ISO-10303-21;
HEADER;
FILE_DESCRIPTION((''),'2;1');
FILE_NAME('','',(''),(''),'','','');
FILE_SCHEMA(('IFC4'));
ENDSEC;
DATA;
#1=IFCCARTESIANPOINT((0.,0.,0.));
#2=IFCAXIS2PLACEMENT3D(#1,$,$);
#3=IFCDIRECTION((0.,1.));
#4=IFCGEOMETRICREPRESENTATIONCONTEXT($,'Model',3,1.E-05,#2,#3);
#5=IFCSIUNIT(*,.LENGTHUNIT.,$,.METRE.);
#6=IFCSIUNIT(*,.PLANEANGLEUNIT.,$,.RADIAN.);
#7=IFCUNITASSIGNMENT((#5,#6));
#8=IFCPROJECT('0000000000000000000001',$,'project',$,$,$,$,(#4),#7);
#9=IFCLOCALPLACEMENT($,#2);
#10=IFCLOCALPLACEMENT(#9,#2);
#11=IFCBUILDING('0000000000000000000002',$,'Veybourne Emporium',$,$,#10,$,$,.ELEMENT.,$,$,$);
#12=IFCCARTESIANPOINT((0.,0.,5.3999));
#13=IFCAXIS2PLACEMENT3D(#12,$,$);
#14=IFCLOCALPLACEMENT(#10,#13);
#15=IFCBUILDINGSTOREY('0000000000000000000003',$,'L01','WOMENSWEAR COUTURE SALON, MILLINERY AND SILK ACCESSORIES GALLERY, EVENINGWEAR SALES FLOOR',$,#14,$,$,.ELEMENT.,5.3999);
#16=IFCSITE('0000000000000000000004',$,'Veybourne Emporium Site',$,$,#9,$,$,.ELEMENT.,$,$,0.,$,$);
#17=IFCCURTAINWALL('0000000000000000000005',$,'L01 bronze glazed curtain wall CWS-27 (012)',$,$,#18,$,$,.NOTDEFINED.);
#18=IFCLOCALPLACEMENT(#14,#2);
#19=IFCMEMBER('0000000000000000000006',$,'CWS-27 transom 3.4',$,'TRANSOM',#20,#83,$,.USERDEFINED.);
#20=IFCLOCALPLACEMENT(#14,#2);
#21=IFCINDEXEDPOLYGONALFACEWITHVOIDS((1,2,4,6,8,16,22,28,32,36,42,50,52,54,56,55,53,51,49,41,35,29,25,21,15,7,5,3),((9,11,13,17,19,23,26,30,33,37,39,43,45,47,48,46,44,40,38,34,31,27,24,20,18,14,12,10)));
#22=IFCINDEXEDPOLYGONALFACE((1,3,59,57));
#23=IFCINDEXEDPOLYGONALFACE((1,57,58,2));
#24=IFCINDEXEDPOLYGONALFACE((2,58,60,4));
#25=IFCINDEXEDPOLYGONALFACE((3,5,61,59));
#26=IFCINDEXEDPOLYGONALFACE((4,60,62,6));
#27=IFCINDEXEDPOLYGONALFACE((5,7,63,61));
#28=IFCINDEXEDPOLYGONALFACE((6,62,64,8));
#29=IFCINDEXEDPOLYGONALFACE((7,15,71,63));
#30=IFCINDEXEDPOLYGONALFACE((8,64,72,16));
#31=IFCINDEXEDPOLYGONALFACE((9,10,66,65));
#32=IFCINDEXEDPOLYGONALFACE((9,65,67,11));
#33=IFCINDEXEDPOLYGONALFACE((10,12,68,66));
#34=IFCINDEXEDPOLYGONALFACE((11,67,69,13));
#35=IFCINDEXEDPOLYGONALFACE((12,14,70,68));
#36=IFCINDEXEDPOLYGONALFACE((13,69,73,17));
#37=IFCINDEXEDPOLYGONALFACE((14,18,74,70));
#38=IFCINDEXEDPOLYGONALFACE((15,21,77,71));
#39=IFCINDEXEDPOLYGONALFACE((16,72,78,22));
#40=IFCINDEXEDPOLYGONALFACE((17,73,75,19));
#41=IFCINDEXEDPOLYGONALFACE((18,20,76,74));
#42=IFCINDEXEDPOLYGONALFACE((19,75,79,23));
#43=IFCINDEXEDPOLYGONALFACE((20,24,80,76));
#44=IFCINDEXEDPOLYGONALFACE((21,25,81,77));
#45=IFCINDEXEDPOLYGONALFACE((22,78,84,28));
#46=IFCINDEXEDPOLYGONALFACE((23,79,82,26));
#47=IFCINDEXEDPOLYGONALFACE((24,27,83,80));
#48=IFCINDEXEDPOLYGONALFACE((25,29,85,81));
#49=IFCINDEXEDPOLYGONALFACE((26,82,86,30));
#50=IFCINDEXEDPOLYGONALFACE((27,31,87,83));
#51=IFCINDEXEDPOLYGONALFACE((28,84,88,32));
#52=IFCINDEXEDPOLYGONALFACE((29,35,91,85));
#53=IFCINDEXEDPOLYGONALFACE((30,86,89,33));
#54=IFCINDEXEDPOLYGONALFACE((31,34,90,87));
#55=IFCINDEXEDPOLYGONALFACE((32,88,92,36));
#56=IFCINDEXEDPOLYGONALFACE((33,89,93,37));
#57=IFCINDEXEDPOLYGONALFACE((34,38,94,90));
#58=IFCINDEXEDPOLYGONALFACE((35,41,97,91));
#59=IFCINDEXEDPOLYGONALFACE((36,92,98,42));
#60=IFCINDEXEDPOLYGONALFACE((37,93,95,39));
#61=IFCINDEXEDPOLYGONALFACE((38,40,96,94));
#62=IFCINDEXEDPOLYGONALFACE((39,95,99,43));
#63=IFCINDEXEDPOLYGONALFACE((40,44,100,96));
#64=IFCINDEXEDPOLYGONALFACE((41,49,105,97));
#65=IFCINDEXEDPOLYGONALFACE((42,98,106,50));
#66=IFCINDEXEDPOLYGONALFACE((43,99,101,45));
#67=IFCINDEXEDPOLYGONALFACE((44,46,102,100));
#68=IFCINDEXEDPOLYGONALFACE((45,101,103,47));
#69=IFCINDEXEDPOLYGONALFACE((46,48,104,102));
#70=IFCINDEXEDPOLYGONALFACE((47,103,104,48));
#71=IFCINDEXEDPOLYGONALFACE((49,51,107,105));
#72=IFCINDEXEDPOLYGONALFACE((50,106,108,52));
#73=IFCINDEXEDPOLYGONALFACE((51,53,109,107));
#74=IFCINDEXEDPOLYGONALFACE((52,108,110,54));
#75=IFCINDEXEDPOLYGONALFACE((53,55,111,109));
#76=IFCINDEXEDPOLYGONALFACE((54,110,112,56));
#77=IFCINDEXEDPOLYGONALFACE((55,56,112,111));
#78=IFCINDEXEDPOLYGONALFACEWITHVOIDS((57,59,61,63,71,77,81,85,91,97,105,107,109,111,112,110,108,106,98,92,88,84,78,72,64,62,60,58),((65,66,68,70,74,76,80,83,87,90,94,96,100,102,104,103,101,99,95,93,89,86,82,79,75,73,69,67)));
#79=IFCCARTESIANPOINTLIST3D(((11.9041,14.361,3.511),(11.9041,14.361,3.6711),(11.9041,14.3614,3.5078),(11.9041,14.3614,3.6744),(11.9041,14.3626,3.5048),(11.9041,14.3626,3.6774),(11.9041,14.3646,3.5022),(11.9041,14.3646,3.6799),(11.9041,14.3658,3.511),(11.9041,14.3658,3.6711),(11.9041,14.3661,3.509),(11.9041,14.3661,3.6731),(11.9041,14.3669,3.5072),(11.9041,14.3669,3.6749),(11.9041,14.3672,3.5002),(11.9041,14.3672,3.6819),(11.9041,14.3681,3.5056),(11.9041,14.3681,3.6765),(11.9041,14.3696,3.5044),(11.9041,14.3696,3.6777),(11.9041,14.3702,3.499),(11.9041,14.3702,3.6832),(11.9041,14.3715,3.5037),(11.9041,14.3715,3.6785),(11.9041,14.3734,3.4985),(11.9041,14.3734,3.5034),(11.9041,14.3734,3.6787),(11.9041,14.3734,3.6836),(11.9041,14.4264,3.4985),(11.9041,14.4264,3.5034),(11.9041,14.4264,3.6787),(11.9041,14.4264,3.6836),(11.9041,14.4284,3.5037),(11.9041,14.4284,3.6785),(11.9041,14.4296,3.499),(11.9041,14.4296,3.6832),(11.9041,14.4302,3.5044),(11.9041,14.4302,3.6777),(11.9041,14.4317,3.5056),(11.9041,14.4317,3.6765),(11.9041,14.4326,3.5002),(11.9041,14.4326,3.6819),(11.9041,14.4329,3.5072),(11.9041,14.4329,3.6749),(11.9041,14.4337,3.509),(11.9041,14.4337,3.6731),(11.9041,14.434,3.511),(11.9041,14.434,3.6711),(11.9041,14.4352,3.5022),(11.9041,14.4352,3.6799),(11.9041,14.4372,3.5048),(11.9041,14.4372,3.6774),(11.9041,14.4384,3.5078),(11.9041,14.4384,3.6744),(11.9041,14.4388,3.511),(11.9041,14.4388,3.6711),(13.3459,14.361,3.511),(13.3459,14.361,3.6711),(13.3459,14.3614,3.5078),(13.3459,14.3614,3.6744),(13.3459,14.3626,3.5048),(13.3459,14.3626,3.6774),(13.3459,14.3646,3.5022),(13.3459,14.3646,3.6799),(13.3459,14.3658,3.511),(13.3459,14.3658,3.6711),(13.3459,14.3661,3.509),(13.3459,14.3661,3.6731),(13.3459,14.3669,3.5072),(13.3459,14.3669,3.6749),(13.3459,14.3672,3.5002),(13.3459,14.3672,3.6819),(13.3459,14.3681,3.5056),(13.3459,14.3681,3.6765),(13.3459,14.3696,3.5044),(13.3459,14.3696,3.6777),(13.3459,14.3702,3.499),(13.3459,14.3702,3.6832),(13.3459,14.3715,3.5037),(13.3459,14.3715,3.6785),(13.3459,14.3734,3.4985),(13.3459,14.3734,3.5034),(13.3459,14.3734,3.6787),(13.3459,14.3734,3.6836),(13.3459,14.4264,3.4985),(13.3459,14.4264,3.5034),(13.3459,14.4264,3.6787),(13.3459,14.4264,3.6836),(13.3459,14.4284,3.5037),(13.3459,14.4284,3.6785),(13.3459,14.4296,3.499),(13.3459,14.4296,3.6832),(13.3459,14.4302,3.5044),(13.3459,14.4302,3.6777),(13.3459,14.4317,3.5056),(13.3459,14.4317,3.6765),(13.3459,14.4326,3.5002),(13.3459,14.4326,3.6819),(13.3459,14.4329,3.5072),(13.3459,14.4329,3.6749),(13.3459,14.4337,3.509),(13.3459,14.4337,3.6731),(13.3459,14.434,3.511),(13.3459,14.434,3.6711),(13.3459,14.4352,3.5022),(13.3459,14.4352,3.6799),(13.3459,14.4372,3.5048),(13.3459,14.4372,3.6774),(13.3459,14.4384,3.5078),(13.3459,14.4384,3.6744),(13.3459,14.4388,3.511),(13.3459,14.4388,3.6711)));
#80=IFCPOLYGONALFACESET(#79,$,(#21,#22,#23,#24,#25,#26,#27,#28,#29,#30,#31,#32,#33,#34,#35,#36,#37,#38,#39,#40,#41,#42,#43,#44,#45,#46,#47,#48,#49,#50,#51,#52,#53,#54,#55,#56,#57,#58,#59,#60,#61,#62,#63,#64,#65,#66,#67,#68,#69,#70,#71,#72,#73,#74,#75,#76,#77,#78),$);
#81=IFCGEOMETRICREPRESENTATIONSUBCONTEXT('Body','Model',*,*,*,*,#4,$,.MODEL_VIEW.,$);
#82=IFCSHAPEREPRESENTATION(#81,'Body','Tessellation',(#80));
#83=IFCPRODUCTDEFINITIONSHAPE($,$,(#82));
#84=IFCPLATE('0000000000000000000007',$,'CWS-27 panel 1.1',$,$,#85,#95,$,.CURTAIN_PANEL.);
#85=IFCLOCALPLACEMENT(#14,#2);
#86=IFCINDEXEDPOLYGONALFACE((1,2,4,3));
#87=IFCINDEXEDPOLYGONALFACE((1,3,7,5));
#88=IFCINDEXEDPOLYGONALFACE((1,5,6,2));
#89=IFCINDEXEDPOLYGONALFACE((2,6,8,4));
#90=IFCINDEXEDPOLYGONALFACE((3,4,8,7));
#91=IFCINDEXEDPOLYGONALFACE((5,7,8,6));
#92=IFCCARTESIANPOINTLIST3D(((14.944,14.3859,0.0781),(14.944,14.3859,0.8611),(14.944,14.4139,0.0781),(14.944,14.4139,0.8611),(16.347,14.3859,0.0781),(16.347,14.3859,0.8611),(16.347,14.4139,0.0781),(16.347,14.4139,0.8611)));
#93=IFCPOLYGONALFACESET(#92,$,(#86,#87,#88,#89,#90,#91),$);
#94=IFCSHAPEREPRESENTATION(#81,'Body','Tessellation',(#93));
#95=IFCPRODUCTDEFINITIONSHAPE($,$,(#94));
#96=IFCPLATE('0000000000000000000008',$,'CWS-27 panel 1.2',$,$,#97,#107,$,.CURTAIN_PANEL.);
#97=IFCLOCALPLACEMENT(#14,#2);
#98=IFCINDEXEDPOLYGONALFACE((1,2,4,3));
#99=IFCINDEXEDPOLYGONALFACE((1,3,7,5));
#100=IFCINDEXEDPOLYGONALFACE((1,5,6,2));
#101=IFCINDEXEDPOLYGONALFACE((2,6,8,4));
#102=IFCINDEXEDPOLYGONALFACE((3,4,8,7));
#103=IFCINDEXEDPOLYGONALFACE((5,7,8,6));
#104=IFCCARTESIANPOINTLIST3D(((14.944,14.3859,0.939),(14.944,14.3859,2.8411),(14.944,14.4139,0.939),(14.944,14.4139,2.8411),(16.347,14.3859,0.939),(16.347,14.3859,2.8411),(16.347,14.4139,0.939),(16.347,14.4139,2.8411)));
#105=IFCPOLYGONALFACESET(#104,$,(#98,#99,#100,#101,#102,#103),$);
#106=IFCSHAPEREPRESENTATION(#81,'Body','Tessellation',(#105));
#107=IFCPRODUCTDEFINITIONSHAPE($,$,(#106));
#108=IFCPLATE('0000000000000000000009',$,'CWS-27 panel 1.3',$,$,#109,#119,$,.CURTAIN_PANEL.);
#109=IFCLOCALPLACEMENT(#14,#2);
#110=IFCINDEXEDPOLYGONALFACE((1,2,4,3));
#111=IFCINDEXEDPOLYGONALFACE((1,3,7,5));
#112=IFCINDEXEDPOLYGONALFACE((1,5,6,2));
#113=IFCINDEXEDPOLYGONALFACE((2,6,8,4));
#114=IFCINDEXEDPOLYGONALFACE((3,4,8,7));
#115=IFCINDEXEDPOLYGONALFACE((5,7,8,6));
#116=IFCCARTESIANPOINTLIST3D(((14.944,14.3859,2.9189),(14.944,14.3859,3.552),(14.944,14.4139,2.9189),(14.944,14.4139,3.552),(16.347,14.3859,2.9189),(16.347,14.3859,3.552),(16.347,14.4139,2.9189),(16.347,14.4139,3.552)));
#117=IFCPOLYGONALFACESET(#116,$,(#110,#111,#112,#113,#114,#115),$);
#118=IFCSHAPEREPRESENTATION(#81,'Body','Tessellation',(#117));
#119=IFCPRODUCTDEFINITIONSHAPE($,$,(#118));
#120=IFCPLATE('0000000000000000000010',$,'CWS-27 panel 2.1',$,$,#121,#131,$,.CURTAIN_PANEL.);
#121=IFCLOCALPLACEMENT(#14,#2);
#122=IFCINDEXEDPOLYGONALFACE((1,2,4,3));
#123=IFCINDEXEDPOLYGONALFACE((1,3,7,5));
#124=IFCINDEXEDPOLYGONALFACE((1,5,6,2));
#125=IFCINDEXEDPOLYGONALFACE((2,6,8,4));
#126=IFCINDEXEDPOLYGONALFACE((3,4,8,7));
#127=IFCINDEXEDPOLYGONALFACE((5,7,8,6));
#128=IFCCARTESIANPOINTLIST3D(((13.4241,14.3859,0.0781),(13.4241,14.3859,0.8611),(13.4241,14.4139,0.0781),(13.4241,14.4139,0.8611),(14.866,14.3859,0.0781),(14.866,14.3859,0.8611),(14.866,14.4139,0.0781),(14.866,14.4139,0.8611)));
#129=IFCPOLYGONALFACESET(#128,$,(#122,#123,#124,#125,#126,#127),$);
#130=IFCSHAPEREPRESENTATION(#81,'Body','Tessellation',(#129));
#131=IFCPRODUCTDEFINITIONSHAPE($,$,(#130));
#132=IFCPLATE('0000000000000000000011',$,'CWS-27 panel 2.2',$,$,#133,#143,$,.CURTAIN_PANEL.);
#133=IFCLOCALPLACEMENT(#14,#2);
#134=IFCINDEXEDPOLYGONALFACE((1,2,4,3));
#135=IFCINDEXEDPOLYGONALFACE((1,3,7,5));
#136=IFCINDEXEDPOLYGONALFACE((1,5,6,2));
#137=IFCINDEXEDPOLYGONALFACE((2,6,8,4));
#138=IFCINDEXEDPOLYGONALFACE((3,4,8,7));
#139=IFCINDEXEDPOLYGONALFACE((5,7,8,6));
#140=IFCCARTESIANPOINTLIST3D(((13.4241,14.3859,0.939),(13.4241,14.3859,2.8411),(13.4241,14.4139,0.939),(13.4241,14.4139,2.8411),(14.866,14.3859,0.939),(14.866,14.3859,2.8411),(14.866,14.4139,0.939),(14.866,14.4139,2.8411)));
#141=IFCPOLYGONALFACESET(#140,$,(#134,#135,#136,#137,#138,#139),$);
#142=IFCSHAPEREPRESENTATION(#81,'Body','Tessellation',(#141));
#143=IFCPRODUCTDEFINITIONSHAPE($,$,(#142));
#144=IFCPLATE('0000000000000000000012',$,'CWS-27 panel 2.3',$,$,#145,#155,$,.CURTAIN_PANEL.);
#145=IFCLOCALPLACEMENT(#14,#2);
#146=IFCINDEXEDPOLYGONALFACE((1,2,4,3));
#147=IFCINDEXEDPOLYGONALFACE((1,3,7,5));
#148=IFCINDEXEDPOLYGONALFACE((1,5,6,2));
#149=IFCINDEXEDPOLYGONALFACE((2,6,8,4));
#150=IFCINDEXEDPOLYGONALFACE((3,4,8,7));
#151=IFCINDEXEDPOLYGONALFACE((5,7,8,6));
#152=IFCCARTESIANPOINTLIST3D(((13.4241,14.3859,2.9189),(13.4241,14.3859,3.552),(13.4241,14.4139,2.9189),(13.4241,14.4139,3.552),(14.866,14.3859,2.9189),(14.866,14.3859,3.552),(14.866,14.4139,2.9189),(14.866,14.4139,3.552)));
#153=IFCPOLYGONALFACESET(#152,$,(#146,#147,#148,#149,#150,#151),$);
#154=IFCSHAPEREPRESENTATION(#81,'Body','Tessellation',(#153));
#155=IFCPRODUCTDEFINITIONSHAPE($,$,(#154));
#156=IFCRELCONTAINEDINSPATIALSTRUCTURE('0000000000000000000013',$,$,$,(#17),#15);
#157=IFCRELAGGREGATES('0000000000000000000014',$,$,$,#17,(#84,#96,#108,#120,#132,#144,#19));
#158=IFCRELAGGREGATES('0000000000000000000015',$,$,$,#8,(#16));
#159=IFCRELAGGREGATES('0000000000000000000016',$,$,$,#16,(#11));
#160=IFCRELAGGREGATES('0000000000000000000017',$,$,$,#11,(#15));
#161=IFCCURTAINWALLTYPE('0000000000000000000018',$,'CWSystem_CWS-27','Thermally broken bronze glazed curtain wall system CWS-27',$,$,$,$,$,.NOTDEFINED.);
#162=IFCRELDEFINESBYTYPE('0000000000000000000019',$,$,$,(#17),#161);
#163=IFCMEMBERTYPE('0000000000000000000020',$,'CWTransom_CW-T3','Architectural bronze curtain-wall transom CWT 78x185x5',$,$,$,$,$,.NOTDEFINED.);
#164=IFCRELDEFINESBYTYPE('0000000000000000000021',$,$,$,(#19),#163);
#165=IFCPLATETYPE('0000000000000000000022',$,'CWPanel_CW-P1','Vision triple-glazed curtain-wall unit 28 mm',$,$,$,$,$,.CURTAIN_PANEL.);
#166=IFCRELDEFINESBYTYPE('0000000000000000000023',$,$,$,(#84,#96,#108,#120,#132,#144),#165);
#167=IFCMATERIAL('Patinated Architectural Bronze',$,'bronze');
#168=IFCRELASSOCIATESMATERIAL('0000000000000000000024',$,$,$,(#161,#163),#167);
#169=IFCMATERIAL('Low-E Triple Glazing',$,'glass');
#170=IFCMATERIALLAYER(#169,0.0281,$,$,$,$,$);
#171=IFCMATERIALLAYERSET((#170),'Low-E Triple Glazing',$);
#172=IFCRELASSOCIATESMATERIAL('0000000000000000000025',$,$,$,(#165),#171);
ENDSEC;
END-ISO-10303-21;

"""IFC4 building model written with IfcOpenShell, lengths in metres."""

from ifc_helpers import new_model, si_unit, direction, frame, origin, origin_2d, place, context, subcontext, project, spatial, rectangle, hollow_rectangle, extrude, material, layer, layer_set, material_profile, profile_set, type_object, element, aggregate, save


model = new_model("IFC4")

# Units and contexts
model_context = context("Model", 3, precision=1e-05, world=origin(), true_north=direction((0.0, 1.0)))
body_context = subcontext(model_context, "Body", "Model", "MODEL_VIEW")
ifc_project = project(units=[si_unit("LENGTHUNIT", "METRE"), si_unit("PLANEANGLEUNIT", "RADIAN")], contexts=[model_context])

# Site, building, storey
site_placement = place(None, origin())
site = spatial("IfcSite", under=ifc_project, at=site_placement, Name="Veybourne Emporium Site", CompositionType="ELEMENT", RefElevation=0.0)
building_placement = place(site_placement, origin())
building = spatial("IfcBuilding", under=site, at=building_placement, Name="Veybourne Emporium", CompositionType="ELEMENT")
storey_placement = place(building_placement, frame((0.0, 0.0, 5.3999)))
storey = spatial("IfcBuildingStorey", under=building, at=storey_placement, Name="L01", Description="WOMENSWEAR COUTURE SALON, MILLINERY AND SILK ACCESSORIES GALLERY, EVENINGWEAR SALES FLOOR", CompositionType="ELEMENT", Elevation=5.3999)

# Curtain wall, member, plates
ifc_material_1 = material(Name="Patinated Architectural Bronze", Category="bronze")
curtain_wall_type = type_object("IfcCurtainWallType", Name="CWSystem_CWS-27", Description="Thermally broken bronze glazed curtain wall system CWS-27", PredefinedType="NOTDEFINED", material=ifc_material_1)
curtain_wall_placement = place(storey_placement, origin())
curtain_wall = element("IfcCurtainWall", 1, at=curtain_wall_placement, inside=storey, type_object=curtain_wall_type, Name="L01 bronze glazed curtain wall CWS-27 (012)", PredefinedType="NOTDEFINED")
ifc_material_profile_1 = material_profile(ifc_material_1, hollow_rectangle(XDim=0.0779, YDim=0.1851, WallThickness=0.0049, InnerFilletRadius=0.0076, OuterFilletRadius=0.0125, at=origin_2d()), Name="CWT 78x185x5")
ifc_profile_set_1 = profile_set([ifc_material_profile_1], Name="Patinated Architectural Bronze")
member_type_1 = type_object("IfcMemberType", Name="CWTransom_CW-T3", Description="Architectural bronze curtain-wall transom CWT 78x185x5", PredefinedType="NOTDEFINED", material=ifc_profile_set_1)
member_1_placement = place(storey_placement, frame((13.3459, 14.3999, 3.5911), z_axis=(-1.0, 0.0, 0.0), x_axis=(0.0, -1.0, 0.0)))
member_1 = element("IfcMember", 2, at=member_1_placement, type_object=member_type_1, Name="CWS-27 transom 3.4", ObjectType="TRANSOM", PredefinedType="USERDEFINED", context=body_context, shape_type="SweptSolid", body=[
    extrude(hollow_rectangle(XDim=0.0779, YDim=0.1851, WallThickness=0.0049, InnerFilletRadius=0.0076, OuterFilletRadius=0.0125, at=origin_2d()), origin(), (0.0, 0.0, 1.0), 1.4419),
])
ifc_material_2 = material(Name="Low-E Triple Glazing", Category="glass")
ifc_layer = layer(ifc_material_2, 0.0281)
ifc_layer_set = layer_set([ifc_layer], Name="Low-E Triple Glazing")
plate_type = type_object("IfcPlateType", Name="CWPanel_CW-P1", Description="Vision triple-glazed curtain-wall unit 28 mm", PredefinedType="CURTAIN_PANEL", material=ifc_layer_set)
plate_1_placement = place(storey_placement, frame((15.6455, 14.3999, 0.0781), z_axis=(0.0, 0.0, 1.0), x_axis=(-1.0, 0.0, 0.0)))
plate_1 = element("IfcPlate", 3, at=plate_1_placement, type_object=plate_type, Name="CWS-27 panel 1.1", PredefinedType="CURTAIN_PANEL", context=body_context, shape_type="SweptSolid", body=[
    extrude(rectangle(XDim=1.4031, YDim=0.0281, at=origin_2d()), origin(), (0.0, 0.0, 1.0), 0.783),
])
plate_2_placement = place(storey_placement, frame((15.6455, 14.3999, 0.939), z_axis=(0.0, 0.0, 1.0), x_axis=(-1.0, 0.0, 0.0)))
plate_2 = element("IfcPlate", 4, at=plate_2_placement, type_object=plate_type, Name="CWS-27 panel 1.2", PredefinedType="CURTAIN_PANEL", context=body_context, shape_type="SweptSolid", body=[
    extrude(rectangle(XDim=1.4031, YDim=0.0281, at=origin_2d()), origin(), (0.0, 0.0, 1.0), 1.9021),
])
plate_3_placement = place(storey_placement, frame((15.6455, 14.3999, 2.9189), z_axis=(0.0, 0.0, 1.0), x_axis=(-1.0, 0.0, 0.0)))
plate_3 = element("IfcPlate", 5, at=plate_3_placement, type_object=plate_type, Name="CWS-27 panel 1.3", PredefinedType="CURTAIN_PANEL", context=body_context, shape_type="SweptSolid", body=[
    extrude(rectangle(XDim=1.4031, YDim=0.0281, at=origin_2d()), origin(), (0.0, 0.0, 1.0), 0.6331),
])
plate_4_placement = place(storey_placement, frame((14.145, 14.3999, 0.0781), z_axis=(0.0, 0.0, 1.0), x_axis=(-1.0, 0.0, 0.0)))
plate_4 = element("IfcPlate", 6, at=plate_4_placement, type_object=plate_type, Name="CWS-27 panel 2.1", PredefinedType="CURTAIN_PANEL", context=body_context, shape_type="SweptSolid", body=[
    extrude(rectangle(XDim=1.4419, YDim=0.0281, at=origin_2d()), origin(), (0.0, 0.0, 1.0), 0.783),
])
plate_5_placement = place(storey_placement, frame((14.145, 14.3999, 0.939), z_axis=(0.0, 0.0, 1.0), x_axis=(-1.0, 0.0, 0.0)))
plate_5 = element("IfcPlate", 7, at=plate_5_placement, type_object=plate_type, Name="CWS-27 panel 2.2", PredefinedType="CURTAIN_PANEL", context=body_context, shape_type="SweptSolid", body=[
    extrude(rectangle(XDim=1.4419, YDim=0.0281, at=origin_2d()), origin(), (0.0, 0.0, 1.0), 1.9021),
])
plate_6_placement = place(storey_placement, frame((14.145, 14.3999, 2.9189), z_axis=(0.0, 0.0, 1.0), x_axis=(-1.0, 0.0, 0.0)))
plate_6 = element("IfcPlate", 8, at=plate_6_placement, type_object=plate_type, Name="CWS-27 panel 2.3", PredefinedType="CURTAIN_PANEL", context=body_context, shape_type="SweptSolid", body=[
    extrude(rectangle(XDim=1.4419, YDim=0.0281, at=origin_2d()), origin(), (0.0, 0.0, 1.0), 0.6331),
])
aggregate(curtain_wall, [plate_1, plate_2, plate_3, plate_4, plate_5, plate_6, member_1])

save(model, "model.ifc")
